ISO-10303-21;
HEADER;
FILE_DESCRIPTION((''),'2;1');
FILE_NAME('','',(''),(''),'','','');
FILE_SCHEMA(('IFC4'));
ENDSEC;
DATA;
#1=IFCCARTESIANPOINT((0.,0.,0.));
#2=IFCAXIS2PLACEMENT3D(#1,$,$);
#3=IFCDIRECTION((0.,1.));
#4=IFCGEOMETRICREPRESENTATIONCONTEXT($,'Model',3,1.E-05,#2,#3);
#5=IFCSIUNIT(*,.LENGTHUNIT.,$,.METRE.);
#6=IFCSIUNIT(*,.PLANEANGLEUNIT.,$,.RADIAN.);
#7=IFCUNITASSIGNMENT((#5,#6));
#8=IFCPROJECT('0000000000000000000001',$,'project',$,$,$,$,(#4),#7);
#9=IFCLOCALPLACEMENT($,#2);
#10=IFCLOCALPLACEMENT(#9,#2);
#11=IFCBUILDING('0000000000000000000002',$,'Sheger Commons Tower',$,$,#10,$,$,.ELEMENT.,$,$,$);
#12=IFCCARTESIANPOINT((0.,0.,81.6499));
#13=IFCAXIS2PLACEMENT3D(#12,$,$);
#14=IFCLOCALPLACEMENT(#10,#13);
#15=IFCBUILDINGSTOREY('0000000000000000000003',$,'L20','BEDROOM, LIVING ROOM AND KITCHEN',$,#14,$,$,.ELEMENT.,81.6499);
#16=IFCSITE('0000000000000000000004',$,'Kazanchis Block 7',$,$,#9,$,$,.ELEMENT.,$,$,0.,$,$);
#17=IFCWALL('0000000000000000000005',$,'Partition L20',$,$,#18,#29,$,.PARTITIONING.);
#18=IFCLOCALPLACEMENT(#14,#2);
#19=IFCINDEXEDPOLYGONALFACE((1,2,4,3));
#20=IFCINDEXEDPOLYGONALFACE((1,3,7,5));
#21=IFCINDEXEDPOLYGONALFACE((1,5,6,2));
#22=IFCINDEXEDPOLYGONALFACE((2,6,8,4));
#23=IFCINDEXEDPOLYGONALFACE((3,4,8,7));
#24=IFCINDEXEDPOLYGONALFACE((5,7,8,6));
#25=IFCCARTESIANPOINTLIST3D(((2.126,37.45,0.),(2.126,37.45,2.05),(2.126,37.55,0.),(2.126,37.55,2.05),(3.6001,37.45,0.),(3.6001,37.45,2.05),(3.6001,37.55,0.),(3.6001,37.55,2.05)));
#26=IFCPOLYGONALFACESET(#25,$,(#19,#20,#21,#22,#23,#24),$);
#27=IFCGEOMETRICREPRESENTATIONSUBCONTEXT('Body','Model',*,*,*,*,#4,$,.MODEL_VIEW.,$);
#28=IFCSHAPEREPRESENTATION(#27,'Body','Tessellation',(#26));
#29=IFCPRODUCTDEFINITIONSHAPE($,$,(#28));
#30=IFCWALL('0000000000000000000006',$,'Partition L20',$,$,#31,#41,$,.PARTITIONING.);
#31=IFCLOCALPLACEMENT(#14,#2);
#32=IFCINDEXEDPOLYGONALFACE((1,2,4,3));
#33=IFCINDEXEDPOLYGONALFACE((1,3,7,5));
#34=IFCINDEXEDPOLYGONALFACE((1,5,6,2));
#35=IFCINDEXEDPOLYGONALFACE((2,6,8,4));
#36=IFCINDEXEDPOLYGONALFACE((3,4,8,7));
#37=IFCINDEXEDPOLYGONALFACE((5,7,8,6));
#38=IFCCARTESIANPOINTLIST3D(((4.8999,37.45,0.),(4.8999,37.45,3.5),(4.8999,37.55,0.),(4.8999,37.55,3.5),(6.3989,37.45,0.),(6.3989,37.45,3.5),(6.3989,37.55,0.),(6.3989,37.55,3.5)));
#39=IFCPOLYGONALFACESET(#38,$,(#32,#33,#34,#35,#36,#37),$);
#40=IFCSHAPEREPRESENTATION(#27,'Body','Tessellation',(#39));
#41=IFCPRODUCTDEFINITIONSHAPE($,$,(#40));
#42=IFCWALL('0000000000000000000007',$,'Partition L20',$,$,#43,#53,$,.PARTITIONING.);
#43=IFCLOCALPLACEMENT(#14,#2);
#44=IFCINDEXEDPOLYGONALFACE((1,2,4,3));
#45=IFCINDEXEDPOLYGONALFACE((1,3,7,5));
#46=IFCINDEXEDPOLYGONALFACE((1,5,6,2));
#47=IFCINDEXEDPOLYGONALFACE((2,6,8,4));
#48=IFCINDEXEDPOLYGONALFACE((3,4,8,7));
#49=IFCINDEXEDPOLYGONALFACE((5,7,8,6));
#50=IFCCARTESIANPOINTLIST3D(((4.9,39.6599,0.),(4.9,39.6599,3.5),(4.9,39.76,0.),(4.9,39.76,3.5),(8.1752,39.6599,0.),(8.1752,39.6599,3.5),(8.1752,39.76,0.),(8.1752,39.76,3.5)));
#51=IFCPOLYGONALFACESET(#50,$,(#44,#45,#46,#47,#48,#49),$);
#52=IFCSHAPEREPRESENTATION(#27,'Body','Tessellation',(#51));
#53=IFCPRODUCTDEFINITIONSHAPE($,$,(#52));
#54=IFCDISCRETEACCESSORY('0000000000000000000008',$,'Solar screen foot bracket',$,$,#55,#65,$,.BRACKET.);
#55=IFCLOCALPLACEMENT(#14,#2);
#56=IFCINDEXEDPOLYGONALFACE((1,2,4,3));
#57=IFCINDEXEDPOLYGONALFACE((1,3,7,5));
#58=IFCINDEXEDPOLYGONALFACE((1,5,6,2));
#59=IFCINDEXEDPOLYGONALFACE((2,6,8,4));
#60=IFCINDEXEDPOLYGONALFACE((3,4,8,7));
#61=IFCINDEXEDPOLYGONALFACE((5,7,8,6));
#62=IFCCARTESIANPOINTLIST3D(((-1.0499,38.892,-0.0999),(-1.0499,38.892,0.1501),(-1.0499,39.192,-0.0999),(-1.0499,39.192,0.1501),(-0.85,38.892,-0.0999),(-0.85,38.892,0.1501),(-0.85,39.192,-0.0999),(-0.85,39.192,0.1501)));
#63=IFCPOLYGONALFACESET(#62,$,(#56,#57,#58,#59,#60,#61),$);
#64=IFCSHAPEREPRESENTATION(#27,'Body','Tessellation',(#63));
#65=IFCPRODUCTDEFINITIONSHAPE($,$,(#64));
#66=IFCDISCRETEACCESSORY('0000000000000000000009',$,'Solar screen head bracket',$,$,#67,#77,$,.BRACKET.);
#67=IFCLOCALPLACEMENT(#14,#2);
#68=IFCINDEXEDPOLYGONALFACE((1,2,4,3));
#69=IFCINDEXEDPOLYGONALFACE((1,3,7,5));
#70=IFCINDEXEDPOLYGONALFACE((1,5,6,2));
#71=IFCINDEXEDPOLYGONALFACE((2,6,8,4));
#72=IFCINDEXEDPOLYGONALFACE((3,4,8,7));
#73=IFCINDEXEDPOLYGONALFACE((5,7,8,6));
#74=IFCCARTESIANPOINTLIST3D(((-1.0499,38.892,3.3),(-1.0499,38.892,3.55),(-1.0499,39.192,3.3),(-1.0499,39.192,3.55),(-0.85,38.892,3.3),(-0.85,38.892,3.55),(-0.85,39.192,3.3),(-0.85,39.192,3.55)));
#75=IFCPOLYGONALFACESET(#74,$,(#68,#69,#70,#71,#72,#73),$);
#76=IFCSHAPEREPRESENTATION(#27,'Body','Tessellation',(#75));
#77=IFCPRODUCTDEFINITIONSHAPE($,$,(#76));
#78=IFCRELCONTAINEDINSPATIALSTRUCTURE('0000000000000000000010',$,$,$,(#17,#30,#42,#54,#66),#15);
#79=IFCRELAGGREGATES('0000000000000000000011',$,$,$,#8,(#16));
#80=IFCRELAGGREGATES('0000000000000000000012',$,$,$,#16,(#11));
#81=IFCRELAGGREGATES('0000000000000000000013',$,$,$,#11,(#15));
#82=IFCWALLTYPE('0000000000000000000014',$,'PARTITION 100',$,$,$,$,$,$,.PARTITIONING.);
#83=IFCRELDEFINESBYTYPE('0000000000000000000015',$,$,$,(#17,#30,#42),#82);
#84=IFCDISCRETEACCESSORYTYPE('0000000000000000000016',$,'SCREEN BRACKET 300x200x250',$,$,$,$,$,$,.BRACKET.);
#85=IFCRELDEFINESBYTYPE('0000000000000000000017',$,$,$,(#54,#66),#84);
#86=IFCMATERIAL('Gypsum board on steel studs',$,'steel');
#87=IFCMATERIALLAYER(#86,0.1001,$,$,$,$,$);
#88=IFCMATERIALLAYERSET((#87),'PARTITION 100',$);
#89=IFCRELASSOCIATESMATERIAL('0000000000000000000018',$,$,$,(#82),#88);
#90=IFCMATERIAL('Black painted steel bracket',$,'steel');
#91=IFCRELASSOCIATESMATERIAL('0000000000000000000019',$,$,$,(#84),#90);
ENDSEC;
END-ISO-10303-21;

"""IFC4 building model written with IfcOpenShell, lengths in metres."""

from ifc_helpers import new_model, si_unit, direction, frame, frame_2d, origin, origin_2d, place, context, subcontext, project, spatial, rectangle, extrude, material, layer, layer_set, type_object, element, save


model = new_model("IFC4")

# Units and contexts
model_context = context("Model", 3, precision=1e-05, world=origin(), true_north=direction((0.0, 1.0)))
body_context = subcontext(model_context, "Body", "Model", "MODEL_VIEW")
ifc_project = project(units=[si_unit("LENGTHUNIT", "METRE"), si_unit("PLANEANGLEUNIT", "RADIAN")], contexts=[model_context])

# Site, building, storey
site_placement = place(None, origin())
site = spatial("IfcSite", under=ifc_project, at=site_placement, Name="Kazanchis Block 7", CompositionType="ELEMENT", RefElevation=0.0)
building_placement = place(site_placement, origin())
building = spatial("IfcBuilding", under=site, at=building_placement, Name="Sheger Commons Tower", CompositionType="ELEMENT")
storey_placement = place(building_placement, frame((0.0, 0.0, 81.6499)))
storey = spatial("IfcBuildingStorey", under=building, at=storey_placement, Name="L20", Description="BEDROOM, LIVING ROOM AND KITCHEN", CompositionType="ELEMENT", Elevation=81.6499)

# Shared definitions
ifc_material_1 = material(Name="Gypsum board on steel studs", Category="steel")
ifc_layer_1 = layer(ifc_material_1, 0.1001)
ifc_layer_set_1 = layer_set([ifc_layer_1], Name="PARTITION 100")
wall_type_1 = type_object("IfcWallType", Name="PARTITION 100", PredefinedType="PARTITIONING", material=ifc_layer_set_1)

# Walls
wall_1_placement = place(storey_placement, frame((2.126, 37.5, 0.0), z_axis=(0.0, 0.0, 1.0), x_axis=(1.0, 0.0, 0.0)))
element("IfcWall", 1, at=wall_1_placement, inside=storey, type_object=wall_type_1, Name="Partition L20", PredefinedType="PARTITIONING", context=body_context, shape_type="SweptSolid", body=[
    extrude(rectangle(XDim=1.4741, YDim=0.1001, at=frame_2d((0.7371, 0.0))), origin(), (0.0, 0.0, 1.0), 2.05),
])
wall_2_placement = place(storey_placement, frame((4.8999, 37.5, 0.0), z_axis=(0.0, 0.0, 1.0), x_axis=(1.0, 0.0, 0.0)))
element("IfcWall", 2, at=wall_2_placement, inside=storey, type_object=wall_type_1, Name="Partition L20", PredefinedType="PARTITIONING", context=body_context, shape_type="SweptSolid", body=[
    extrude(rectangle(XDim=1.499, YDim=0.1001, at=frame_2d((0.7495, 0.0))), origin(), (0.0, 0.0, 1.0), 3.5),
])
wall_3_placement = place(storey_placement, frame((4.8999, 39.71, 0.0), z_axis=(0.0, 0.0, 1.0), x_axis=(1.0, 0.0, 0.0)))
element("IfcWall", 3, at=wall_3_placement, inside=storey, type_object=wall_type_1, Name="Partition L20", PredefinedType="PARTITIONING", context=body_context, shape_type="SweptSolid", body=[
    extrude(rectangle(XDim=3.2751, YDim=0.1001, at=frame_2d((1.6377, 0.0))), origin(), (0.0, 0.0, 1.0), 3.5),
])

# Discrete accessories
ifc_material_2 = material(Name="Black painted steel bracket", Category="steel")
discrete_accessory_type = type_object("IfcDiscreteAccessoryType", Name="SCREEN BRACKET 300x200x250", PredefinedType="BRACKET", material=ifc_material_2)
for number, where, z_axis, x_axis, name in (
    (4, (-0.95, 39.042, -0.0999), (0.0, 0.0, 1.0), (0.0, -1.0, 0.0), "Solar screen foot bracket"),
    (5, (-0.95, 39.042, 3.3), (0.0, 0.0, 1.0), (0.0, -1.0, 0.0), "Solar screen head bracket"),
):
    element("IfcDiscreteAccessory", number, at=place(storey_placement, frame(where, z_axis=z_axis, x_axis=x_axis)), inside=storey, type_object=discrete_accessory_type, Name=name, PredefinedType="BRACKET", context=body_context, shape_type="SweptSolid", body=[
        extrude(rectangle(XDim=0.3, YDim=0.2, at=origin_2d()), origin(), (0.0, 0.0, 1.0), 0.25),
    ])

save(model, "model.ifc")
